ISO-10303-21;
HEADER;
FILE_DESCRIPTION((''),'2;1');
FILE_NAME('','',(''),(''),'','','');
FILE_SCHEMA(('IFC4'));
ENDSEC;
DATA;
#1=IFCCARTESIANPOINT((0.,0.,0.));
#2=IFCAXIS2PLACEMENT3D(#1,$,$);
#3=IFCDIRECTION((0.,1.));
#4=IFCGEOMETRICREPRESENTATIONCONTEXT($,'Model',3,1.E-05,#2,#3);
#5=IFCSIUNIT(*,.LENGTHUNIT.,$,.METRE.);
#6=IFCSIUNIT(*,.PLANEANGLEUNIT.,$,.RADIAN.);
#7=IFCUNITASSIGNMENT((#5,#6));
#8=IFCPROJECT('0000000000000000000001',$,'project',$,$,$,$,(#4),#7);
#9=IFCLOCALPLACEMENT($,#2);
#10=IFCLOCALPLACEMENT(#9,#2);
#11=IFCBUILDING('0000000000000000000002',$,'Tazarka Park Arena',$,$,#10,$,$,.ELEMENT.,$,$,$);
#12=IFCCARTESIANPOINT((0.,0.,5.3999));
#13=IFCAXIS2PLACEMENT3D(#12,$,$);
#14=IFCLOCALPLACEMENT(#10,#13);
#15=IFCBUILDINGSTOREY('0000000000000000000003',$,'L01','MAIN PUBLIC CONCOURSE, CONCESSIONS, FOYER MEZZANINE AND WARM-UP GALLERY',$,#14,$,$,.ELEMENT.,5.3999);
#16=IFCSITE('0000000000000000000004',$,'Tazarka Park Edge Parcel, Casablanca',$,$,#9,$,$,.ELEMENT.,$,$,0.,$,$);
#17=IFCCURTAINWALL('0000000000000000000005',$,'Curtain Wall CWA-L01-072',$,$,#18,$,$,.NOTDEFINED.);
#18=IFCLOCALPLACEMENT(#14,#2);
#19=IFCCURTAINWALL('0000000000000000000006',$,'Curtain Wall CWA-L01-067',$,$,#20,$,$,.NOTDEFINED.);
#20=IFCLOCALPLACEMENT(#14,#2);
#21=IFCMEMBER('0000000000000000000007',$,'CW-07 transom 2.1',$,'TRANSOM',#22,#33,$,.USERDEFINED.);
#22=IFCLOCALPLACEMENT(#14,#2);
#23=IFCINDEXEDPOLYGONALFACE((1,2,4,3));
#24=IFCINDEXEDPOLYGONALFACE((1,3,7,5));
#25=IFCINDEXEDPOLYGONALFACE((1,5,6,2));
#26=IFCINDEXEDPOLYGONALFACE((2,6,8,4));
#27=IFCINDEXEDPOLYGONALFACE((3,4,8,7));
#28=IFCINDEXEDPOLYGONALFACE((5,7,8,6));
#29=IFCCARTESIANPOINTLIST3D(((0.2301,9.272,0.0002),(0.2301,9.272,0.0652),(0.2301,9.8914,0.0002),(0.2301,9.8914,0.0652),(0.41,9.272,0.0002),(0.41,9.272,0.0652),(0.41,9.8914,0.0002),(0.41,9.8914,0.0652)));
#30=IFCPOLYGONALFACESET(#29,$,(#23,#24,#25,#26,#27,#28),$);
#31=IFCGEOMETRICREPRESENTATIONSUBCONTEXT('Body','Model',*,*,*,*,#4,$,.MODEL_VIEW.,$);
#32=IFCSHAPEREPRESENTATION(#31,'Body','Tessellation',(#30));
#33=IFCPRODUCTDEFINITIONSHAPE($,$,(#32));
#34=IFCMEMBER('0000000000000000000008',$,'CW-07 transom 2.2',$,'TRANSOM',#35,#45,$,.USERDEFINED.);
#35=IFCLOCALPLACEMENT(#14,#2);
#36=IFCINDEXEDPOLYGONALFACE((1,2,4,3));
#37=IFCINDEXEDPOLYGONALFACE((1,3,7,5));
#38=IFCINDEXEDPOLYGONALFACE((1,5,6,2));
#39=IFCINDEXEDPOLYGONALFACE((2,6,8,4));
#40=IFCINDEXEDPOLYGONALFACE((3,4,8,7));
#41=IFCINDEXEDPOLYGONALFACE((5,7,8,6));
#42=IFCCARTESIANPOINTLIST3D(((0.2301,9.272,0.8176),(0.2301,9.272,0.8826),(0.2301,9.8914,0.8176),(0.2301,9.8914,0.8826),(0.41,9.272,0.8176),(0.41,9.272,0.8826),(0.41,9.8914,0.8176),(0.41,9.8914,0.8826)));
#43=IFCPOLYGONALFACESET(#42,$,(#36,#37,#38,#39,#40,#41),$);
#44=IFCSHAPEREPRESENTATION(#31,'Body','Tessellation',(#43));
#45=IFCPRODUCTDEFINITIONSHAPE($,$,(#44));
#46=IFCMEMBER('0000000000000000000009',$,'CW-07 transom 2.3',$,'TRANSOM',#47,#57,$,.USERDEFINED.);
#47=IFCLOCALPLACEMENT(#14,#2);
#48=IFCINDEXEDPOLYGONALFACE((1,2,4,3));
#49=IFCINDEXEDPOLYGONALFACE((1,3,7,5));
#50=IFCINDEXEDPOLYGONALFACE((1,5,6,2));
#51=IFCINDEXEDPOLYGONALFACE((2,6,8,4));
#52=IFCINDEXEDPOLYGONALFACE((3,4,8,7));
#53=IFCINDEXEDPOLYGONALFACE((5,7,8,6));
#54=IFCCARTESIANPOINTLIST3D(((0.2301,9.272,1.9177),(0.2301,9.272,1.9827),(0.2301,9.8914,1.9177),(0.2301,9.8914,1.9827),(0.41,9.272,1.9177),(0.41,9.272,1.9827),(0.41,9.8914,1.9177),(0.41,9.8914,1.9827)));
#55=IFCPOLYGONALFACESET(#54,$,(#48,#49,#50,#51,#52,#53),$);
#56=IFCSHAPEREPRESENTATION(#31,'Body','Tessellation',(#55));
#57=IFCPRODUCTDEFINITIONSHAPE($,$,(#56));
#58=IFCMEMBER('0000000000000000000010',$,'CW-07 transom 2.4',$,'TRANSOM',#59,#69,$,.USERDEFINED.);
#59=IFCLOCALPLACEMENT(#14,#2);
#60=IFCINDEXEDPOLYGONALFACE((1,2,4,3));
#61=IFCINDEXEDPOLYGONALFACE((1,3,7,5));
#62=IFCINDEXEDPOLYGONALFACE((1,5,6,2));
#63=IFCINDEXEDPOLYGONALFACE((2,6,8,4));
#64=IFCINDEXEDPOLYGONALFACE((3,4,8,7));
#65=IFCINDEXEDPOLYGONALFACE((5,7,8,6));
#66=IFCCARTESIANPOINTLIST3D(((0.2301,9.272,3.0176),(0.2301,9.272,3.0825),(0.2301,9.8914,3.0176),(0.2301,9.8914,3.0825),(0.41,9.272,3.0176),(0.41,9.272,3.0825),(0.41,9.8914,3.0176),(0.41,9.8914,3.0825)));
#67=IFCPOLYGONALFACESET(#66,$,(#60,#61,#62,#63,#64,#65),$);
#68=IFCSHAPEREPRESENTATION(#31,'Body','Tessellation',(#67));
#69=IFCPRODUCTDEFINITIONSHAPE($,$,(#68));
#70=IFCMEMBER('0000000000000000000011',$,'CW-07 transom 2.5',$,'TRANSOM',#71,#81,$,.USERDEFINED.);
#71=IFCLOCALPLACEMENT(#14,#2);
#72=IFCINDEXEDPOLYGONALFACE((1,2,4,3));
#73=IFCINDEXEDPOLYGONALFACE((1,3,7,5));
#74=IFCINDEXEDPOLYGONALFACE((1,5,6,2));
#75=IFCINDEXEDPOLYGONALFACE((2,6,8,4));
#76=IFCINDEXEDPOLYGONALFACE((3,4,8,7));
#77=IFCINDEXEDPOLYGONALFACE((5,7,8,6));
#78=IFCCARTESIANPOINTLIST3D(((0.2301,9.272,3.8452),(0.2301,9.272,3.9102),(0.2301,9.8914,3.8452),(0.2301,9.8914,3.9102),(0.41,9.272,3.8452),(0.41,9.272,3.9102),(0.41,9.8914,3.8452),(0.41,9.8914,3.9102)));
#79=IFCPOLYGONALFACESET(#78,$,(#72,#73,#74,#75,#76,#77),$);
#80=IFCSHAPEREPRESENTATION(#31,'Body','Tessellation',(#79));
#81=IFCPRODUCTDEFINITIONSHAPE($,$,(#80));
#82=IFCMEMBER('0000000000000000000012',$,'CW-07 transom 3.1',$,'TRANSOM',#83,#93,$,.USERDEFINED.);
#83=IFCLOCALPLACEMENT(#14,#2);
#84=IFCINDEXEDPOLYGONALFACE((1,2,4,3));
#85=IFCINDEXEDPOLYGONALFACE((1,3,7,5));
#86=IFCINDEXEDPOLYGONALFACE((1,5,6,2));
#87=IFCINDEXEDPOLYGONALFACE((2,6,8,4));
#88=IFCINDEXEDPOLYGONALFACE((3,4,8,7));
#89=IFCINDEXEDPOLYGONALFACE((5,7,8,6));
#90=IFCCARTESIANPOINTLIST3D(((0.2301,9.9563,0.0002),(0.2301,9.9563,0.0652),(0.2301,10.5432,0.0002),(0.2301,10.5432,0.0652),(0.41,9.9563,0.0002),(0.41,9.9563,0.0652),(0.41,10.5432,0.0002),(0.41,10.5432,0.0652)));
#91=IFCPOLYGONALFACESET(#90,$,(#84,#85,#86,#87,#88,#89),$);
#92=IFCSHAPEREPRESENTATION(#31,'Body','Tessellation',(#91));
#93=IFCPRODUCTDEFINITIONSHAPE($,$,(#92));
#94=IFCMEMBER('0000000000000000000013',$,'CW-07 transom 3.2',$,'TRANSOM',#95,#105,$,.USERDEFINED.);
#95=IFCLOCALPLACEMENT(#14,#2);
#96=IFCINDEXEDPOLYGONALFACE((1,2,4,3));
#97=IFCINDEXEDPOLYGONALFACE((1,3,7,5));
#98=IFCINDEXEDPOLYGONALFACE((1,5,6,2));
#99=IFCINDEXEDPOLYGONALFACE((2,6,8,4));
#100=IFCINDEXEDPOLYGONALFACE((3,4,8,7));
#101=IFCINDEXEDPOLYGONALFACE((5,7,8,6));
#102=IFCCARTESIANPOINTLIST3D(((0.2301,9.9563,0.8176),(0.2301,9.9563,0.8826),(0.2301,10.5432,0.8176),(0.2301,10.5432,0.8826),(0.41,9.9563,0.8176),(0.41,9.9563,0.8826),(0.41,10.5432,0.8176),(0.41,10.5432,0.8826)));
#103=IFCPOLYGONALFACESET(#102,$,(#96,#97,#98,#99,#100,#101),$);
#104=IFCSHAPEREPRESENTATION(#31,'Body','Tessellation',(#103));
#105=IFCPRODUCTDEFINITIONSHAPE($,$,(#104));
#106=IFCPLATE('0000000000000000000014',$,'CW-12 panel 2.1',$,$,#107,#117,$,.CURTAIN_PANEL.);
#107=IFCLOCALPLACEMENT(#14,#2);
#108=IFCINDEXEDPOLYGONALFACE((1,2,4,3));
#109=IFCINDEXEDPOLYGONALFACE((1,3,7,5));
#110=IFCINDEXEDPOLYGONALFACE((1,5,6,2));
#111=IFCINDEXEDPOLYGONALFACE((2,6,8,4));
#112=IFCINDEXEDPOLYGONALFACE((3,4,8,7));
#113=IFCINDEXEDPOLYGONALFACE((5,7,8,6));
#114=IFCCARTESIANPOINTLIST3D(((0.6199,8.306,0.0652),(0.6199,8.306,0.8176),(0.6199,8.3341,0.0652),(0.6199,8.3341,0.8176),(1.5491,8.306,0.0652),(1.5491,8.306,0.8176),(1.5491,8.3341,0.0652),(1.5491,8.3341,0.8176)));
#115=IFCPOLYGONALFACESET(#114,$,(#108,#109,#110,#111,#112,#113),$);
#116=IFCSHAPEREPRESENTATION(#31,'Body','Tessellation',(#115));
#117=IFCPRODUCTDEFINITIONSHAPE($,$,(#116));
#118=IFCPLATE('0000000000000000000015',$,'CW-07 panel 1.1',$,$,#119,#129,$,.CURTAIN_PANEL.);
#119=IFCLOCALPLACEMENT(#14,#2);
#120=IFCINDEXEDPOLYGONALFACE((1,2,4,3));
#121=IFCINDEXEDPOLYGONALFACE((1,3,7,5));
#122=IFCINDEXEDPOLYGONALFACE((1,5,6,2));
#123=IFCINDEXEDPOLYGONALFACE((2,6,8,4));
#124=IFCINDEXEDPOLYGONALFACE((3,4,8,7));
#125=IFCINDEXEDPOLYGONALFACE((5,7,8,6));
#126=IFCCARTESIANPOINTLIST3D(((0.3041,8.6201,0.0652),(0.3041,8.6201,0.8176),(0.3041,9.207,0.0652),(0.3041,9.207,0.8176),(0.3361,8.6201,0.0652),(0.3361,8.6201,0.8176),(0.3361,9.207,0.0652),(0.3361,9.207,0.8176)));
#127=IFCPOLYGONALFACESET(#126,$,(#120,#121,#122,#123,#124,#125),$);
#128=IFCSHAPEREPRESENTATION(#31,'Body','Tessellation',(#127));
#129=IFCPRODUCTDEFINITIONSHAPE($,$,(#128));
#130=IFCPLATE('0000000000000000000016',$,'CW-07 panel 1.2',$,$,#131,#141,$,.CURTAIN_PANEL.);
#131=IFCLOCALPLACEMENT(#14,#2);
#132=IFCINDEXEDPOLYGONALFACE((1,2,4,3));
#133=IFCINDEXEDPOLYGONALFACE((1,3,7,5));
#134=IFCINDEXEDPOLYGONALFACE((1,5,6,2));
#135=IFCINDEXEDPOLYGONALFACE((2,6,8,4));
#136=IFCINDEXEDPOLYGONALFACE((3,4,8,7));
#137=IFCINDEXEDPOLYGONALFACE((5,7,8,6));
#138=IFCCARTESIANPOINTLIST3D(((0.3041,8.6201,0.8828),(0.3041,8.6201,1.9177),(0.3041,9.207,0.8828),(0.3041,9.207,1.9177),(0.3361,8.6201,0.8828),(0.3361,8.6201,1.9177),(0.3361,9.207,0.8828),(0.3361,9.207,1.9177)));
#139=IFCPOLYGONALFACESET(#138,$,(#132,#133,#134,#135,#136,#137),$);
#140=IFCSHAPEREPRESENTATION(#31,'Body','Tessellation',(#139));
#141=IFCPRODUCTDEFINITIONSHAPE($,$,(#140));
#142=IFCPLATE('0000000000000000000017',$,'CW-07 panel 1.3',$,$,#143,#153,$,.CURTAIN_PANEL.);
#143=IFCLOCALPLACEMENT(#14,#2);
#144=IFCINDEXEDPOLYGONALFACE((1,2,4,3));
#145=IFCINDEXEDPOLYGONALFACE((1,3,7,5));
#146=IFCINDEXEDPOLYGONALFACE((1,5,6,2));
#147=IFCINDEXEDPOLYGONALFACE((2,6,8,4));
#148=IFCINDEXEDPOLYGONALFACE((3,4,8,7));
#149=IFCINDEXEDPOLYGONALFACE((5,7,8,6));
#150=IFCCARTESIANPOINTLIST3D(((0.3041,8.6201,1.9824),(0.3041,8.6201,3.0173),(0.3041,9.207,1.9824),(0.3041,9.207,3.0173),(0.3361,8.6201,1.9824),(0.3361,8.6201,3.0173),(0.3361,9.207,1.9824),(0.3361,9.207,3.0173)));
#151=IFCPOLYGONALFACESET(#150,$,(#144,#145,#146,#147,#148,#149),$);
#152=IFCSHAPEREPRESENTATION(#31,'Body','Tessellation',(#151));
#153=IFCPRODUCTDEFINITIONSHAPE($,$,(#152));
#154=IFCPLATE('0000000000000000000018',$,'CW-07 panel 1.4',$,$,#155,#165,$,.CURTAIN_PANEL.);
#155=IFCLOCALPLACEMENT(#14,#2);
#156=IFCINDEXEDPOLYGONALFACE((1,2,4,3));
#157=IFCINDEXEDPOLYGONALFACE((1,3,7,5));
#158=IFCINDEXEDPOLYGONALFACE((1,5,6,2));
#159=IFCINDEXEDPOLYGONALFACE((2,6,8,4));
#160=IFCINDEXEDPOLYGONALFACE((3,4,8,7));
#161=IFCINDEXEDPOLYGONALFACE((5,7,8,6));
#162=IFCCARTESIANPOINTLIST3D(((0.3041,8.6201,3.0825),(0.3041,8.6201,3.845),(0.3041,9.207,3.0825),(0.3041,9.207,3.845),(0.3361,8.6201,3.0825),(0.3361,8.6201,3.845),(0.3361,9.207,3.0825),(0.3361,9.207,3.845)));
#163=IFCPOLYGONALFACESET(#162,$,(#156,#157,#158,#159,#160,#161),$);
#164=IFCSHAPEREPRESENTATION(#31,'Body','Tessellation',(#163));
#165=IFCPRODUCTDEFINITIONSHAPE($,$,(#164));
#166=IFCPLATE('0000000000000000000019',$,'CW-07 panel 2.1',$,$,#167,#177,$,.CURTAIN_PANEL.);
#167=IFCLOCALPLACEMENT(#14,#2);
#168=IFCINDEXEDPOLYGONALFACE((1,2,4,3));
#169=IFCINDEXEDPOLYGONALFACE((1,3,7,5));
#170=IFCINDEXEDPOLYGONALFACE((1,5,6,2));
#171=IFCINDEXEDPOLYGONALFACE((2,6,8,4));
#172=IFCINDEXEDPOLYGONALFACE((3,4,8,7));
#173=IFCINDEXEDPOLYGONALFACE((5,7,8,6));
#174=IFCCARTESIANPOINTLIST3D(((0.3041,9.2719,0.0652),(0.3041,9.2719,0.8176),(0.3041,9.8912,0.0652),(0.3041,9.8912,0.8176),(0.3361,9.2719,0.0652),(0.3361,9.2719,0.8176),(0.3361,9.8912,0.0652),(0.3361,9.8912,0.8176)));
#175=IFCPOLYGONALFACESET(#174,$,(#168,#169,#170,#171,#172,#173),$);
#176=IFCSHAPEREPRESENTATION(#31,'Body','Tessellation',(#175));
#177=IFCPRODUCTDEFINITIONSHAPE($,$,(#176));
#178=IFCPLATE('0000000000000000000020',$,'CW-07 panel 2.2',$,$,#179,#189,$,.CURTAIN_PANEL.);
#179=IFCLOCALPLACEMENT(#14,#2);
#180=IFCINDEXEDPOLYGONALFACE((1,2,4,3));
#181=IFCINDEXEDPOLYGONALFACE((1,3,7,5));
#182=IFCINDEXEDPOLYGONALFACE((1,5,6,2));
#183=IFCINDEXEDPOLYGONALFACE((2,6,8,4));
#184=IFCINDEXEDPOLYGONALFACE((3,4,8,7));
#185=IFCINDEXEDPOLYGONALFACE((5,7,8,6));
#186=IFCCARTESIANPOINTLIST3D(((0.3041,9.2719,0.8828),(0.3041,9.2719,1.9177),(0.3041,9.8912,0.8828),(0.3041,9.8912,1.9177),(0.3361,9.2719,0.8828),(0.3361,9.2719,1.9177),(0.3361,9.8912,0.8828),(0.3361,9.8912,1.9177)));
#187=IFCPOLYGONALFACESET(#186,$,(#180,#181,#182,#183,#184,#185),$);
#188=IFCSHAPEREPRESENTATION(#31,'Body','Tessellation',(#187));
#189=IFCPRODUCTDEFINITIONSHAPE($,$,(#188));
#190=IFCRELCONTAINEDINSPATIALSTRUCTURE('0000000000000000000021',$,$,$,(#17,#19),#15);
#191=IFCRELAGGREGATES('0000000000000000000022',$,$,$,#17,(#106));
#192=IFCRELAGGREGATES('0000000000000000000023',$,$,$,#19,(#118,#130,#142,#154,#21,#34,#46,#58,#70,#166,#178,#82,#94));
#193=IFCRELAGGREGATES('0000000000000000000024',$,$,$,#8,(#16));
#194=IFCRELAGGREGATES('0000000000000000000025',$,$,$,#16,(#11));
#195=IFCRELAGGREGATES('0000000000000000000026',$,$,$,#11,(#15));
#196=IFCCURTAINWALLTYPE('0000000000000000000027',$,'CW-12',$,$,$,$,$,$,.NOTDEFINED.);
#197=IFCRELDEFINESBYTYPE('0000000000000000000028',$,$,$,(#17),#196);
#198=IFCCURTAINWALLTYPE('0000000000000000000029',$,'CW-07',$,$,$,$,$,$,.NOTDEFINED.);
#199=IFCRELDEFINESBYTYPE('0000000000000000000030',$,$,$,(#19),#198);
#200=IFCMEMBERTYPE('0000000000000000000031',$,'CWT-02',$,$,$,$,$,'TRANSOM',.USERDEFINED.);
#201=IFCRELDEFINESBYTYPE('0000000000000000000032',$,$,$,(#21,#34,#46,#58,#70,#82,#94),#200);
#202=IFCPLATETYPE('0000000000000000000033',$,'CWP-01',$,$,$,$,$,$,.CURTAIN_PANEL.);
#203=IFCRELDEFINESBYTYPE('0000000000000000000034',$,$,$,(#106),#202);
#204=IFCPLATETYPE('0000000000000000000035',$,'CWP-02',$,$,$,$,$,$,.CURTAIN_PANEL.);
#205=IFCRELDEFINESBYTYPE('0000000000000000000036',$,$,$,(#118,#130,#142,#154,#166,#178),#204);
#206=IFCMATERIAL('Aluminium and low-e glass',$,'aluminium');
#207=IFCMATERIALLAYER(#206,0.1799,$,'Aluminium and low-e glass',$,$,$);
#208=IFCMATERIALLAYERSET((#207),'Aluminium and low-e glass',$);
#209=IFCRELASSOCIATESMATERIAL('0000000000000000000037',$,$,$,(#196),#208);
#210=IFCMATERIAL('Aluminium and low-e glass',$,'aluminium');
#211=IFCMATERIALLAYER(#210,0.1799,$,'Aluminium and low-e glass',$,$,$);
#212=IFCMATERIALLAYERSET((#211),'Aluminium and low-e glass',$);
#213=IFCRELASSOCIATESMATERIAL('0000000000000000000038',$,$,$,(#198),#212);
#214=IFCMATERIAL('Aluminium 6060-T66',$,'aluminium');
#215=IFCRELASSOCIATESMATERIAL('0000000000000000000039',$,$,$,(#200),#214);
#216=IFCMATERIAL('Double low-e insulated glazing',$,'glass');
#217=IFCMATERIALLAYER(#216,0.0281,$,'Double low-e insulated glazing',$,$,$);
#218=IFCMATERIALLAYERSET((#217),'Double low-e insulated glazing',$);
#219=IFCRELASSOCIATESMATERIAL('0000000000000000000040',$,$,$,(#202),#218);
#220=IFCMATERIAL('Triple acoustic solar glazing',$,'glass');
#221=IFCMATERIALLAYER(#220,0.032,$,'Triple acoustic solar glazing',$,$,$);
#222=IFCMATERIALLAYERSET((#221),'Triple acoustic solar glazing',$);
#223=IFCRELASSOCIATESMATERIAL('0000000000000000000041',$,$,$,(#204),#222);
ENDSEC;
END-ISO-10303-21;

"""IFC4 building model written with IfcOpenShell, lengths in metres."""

from ifc_helpers import new_model, si_unit, direction, frame, origin, origin_2d, place, context, subcontext, project, spatial, rectangle, extrude, material, layer, layer_set, material_profile, profile_set, type_object, element, aggregate, save


model = new_model("IFC4")

# Units and contexts
model_context = context("Model", 3, precision=1e-05, world=origin(), true_north=direction((0.0, 1.0)))
body_context = subcontext(model_context, "Body", "Model", "MODEL_VIEW")
ifc_project = project(units=[si_unit("LENGTHUNIT", "METRE"), si_unit("PLANEANGLEUNIT", "RADIAN")], contexts=[model_context])

# Site, building, storey
site_placement = place(None, origin())
site = spatial("IfcSite", under=ifc_project, at=site_placement, Name="Tazarka Park Edge Parcel, Casablanca", CompositionType="ELEMENT", RefElevation=0.0)
building_placement = place(site_placement, origin())
building = spatial("IfcBuilding", under=site, at=building_placement, Name="Tazarka Park Arena", CompositionType="ELEMENT")
storey_placement = place(building_placement, frame((0.0, 0.0, 5.3999)))
storey = spatial("IfcBuildingStorey", under=building, at=storey_placement, Name="L01", Description="MAIN PUBLIC CONCOURSE, CONCESSIONS, FOYER MEZZANINE AND WARM-UP GALLERY", CompositionType="ELEMENT", Elevation=5.3999)

# Curtain wall
ifc_material_1 = material(Name="Aluminium and low-e glass", Category="aluminium")
ifc_layer_1 = layer(ifc_material_1, 0.1799, Name="Aluminium and low-e glass")
ifc_layer_set_1 = layer_set([ifc_layer_1], Name="Aluminium and low-e glass")
curtain_wall_type_1 = type_object("IfcCurtainWallType", Name="CW-12", PredefinedType="NOTDEFINED", material=ifc_layer_set_1)
curtain_wall_1_placement = place(storey_placement, origin())
curtain_wall_1 = element("IfcCurtainWall", 1, at=curtain_wall_1_placement, inside=storey, type_object=curtain_wall_type_1, Name="Curtain Wall CWA-L01-072", PredefinedType="NOTDEFINED")

# Curtain wall, members
ifc_material_2 = material(Name="Aluminium and low-e glass", Category="aluminium")
ifc_layer_2 = layer(ifc_material_2, 0.1799, Name="Aluminium and low-e glass")
ifc_layer_set_2 = layer_set([ifc_layer_2], Name="Aluminium and low-e glass")
curtain_wall_type_2 = type_object("IfcCurtainWallType", Name="CW-07", PredefinedType="NOTDEFINED", material=ifc_layer_set_2)
curtain_wall_2_placement = place(storey_placement, origin())
curtain_wall_2 = element("IfcCurtainWall", 2, at=curtain_wall_2_placement, inside=storey, type_object=curtain_wall_type_2, Name="Curtain Wall CWA-L01-067", PredefinedType="NOTDEFINED")
ifc_material_3 = material(Name="Aluminium 6060-T66", Category="aluminium")
ifc_material_profile_1 = material_profile(ifc_material_3, rectangle(XDim=0.1799, YDim=0.0649, at=origin_2d()), Name="Aluminium 6060-T66")
ifc_profile_set_1 = profile_set([ifc_material_profile_1], Name="Aluminium 6060-T66")
member_type_1 = type_object("IfcMemberType", Name="CWT-02", ElementType="TRANSOM", PredefinedType="USERDEFINED", material=ifc_profile_set_1)
member_1_placement = place(storey_placement, frame((0.3201, 9.272, 0.0327), z_axis=(0.0, 1.0, 0.0), x_axis=(-1.0, 0.0, 0.0)))
member_1 = element("IfcMember", 3, at=member_1_placement, type_object=member_type_1, Name="CW-07 transom 2.1", ObjectType="TRANSOM", PredefinedType="USERDEFINED", context=body_context, shape_type="SweptSolid", body=[
    extrude(rectangle(XDim=0.1799, YDim=0.0649, at=origin_2d()), origin(), (0.0, 0.0, 1.0), 0.6194),
])
member_2_placement = place(storey_placement, frame((0.3201, 9.272, 0.8501), z_axis=(0.0, 1.0, 0.0), x_axis=(-1.0, 0.0, 0.0)))
member_2 = element("IfcMember", 4, at=member_2_placement, type_object=member_type_1, Name="CW-07 transom 2.2", ObjectType="TRANSOM", PredefinedType="USERDEFINED", context=body_context, shape_type="SweptSolid", body=[
    extrude(rectangle(XDim=0.1799, YDim=0.0649, at=origin_2d()), origin(), (0.0, 0.0, 1.0), 0.6194),
])
member_3_placement = place(storey_placement, frame((0.3201, 9.272, 1.9502), z_axis=(0.0, 1.0, 0.0), x_axis=(-1.0, 0.0, 0.0)))
member_3 = element("IfcMember", 5, at=member_3_placement, type_object=member_type_1, Name="CW-07 transom 2.3", ObjectType="TRANSOM", PredefinedType="USERDEFINED", context=body_context, shape_type="SweptSolid", body=[
    extrude(rectangle(XDim=0.1799, YDim=0.0649, at=origin_2d()), origin(), (0.0, 0.0, 1.0), 0.6194),
])
member_4_placement = place(storey_placement, frame((0.3201, 9.272, 3.05), z_axis=(0.0, 1.0, 0.0), x_axis=(-1.0, 0.0, 0.0)))
member_4 = element("IfcMember", 6, at=member_4_placement, type_object=member_type_1, Name="CW-07 transom 2.4", ObjectType="TRANSOM", PredefinedType="USERDEFINED", context=body_context, shape_type="SweptSolid", body=[
    extrude(rectangle(XDim=0.1799, YDim=0.0649, at=origin_2d()), origin(), (0.0, 0.0, 1.0), 0.6194),
])
member_5_placement = place(storey_placement, frame((0.3201, 9.272, 3.8777), z_axis=(0.0, 1.0, 0.0), x_axis=(-1.0, 0.0, 0.0)))
member_5 = element("IfcMember", 7, at=member_5_placement, type_object=member_type_1, Name="CW-07 transom 2.5", ObjectType="TRANSOM", PredefinedType="USERDEFINED", context=body_context, shape_type="SweptSolid", body=[
    extrude(rectangle(XDim=0.1799, YDim=0.0649, at=origin_2d()), origin(), (0.0, 0.0, 1.0), 0.6194),
])
member_6_placement = place(storey_placement, frame((0.3201, 9.9563, 0.0327), z_axis=(0.0, 1.0, 0.0), x_axis=(-1.0, 0.0, 0.0)))
member_6 = element("IfcMember", 8, at=member_6_placement, type_object=member_type_1, Name="CW-07 transom 3.1", ObjectType="TRANSOM", PredefinedType="USERDEFINED", context=body_context, shape_type="SweptSolid", body=[
    extrude(rectangle(XDim=0.1799, YDim=0.0649, at=origin_2d()), origin(), (0.0, 0.0, 1.0), 0.5869),
])
member_7_placement = place(storey_placement, frame((0.3201, 9.9563, 0.8501), z_axis=(0.0, 1.0, 0.0), x_axis=(-1.0, 0.0, 0.0)))
member_7 = element("IfcMember", 9, at=member_7_placement, type_object=member_type_1, Name="CW-07 transom 3.2", ObjectType="TRANSOM", PredefinedType="USERDEFINED", context=body_context, shape_type="SweptSolid", body=[
    extrude(rectangle(XDim=0.1799, YDim=0.0649, at=origin_2d()), origin(), (0.0, 0.0, 1.0), 0.5869),
])

# Plates
ifc_material_4 = material(Name="Double low-e insulated glazing", Category="glass")
ifc_layer_3 = layer(ifc_material_4, 0.0281, Name="Double low-e insulated glazing")
ifc_layer_set_3 = layer_set([ifc_layer_3], Name="Double low-e insulated glazing")
plate_type_1 = type_object("IfcPlateType", Name="CWP-01", PredefinedType="CURTAIN_PANEL", material=ifc_layer_set_3)
plate_1_placement = place(storey_placement, frame((1.0845, 8.3201, 0.0652), z_axis=(0.0, 0.0, 1.0), x_axis=(-1.0, 0.0, 0.0)))
plate_1 = element("IfcPlate", 10, at=plate_1_placement, type_object=plate_type_1, Name="CW-12 panel 2.1", PredefinedType="CURTAIN_PANEL", context=body_context, shape_type="SweptSolid", body=[
    extrude(rectangle(XDim=0.9292, YDim=0.0281, at=origin_2d()), origin(), (0.0, 0.0, 1.0), 0.7524),
])
aggregate(curtain_wall_1, [plate_1])
ifc_material_5 = material(Name="Triple acoustic solar glazing", Category="glass")
ifc_layer_4 = layer(ifc_material_5, 0.032, Name="Triple acoustic solar glazing")
ifc_layer_set_4 = layer_set([ifc_layer_4], Name="Triple acoustic solar glazing")
plate_type_2 = type_object("IfcPlateType", Name="CWP-02", PredefinedType="CURTAIN_PANEL", material=ifc_layer_set_4)
plate_2_placement = place(storey_placement, frame((0.3201, 8.9136, 0.0652), z_axis=(0.0, 0.0, 1.0), x_axis=(0.0, 1.0, 0.0)))
plate_2 = element("IfcPlate", 11, at=plate_2_placement, type_object=plate_type_2, Name="CW-07 panel 1.1", PredefinedType="CURTAIN_PANEL", context=body_context, shape_type="SweptSolid", body=[
    extrude(rectangle(XDim=0.5869, YDim=0.032, at=origin_2d()), origin(), (0.0, 0.0, 1.0), 0.7524),
])
plate_3_placement = place(storey_placement, frame((0.3201, 8.9136, 0.8828), z_axis=(0.0, 0.0, 1.0), x_axis=(0.0, 1.0, 0.0)))
plate_3 = element("IfcPlate", 12, at=plate_3_placement, type_object=plate_type_2, Name="CW-07 panel 1.2", PredefinedType="CURTAIN_PANEL", context=body_context, shape_type="SweptSolid", body=[
    extrude(rectangle(XDim=0.5869, YDim=0.032, at=origin_2d()), origin(), (0.0, 0.0, 1.0), 1.0349),
])
plate_4_placement = place(storey_placement, frame((0.3201, 8.9136, 1.9824), z_axis=(0.0, 0.0, 1.0), x_axis=(0.0, 1.0, 0.0)))
plate_4 = element("IfcPlate", 13, at=plate_4_placement, type_object=plate_type_2, Name="CW-07 panel 1.3", PredefinedType="CURTAIN_PANEL", context=body_context, shape_type="SweptSolid", body=[
    extrude(rectangle(XDim=0.5869, YDim=0.032, at=origin_2d()), origin(), (0.0, 0.0, 1.0), 1.0349),
])
plate_5_placement = place(storey_placement, frame((0.3201, 8.9136, 3.0825), z_axis=(0.0, 0.0, 1.0), x_axis=(0.0, 1.0, 0.0)))
plate_5 = element("IfcPlate", 14, at=plate_5_placement, type_object=plate_type_2, Name="CW-07 panel 1.4", PredefinedType="CURTAIN_PANEL", context=body_context, shape_type="SweptSolid", body=[
    extrude(rectangle(XDim=0.5869, YDim=0.032, at=origin_2d()), origin(), (0.0, 0.0, 1.0), 0.7625),
])
plate_6_placement = place(storey_placement, frame((0.3201, 9.5815, 0.0652), z_axis=(0.0, 0.0, 1.0), x_axis=(0.0, 1.0, 0.0)))
plate_6 = element("IfcPlate", 15, at=plate_6_placement, type_object=plate_type_2, Name="CW-07 panel 2.1", PredefinedType="CURTAIN_PANEL", context=body_context, shape_type="SweptSolid", body=[
    extrude(rectangle(XDim=0.6194, YDim=0.032, at=origin_2d()), origin(), (0.0, 0.0, 1.0), 0.7524),
])
plate_7_placement = place(storey_placement, frame((0.3201, 9.5815, 0.8828), z_axis=(0.0, 0.0, 1.0), x_axis=(0.0, 1.0, 0.0)))
plate_7 = element("IfcPlate", 16, at=plate_7_placement, type_object=plate_type_2, Name="CW-07 panel 2.2", PredefinedType="CURTAIN_PANEL", context=body_context, shape_type="SweptSolid", body=[
    extrude(rectangle(XDim=0.6194, YDim=0.032, at=origin_2d()), origin(), (0.0, 0.0, 1.0), 1.0349),
])
aggregate(curtain_wall_2, [plate_2, plate_3, plate_4, plate_5, member_1, member_2, member_3, member_4, member_5, plate_6, plate_7, member_6, member_7])

save(model, "model.ifc")
